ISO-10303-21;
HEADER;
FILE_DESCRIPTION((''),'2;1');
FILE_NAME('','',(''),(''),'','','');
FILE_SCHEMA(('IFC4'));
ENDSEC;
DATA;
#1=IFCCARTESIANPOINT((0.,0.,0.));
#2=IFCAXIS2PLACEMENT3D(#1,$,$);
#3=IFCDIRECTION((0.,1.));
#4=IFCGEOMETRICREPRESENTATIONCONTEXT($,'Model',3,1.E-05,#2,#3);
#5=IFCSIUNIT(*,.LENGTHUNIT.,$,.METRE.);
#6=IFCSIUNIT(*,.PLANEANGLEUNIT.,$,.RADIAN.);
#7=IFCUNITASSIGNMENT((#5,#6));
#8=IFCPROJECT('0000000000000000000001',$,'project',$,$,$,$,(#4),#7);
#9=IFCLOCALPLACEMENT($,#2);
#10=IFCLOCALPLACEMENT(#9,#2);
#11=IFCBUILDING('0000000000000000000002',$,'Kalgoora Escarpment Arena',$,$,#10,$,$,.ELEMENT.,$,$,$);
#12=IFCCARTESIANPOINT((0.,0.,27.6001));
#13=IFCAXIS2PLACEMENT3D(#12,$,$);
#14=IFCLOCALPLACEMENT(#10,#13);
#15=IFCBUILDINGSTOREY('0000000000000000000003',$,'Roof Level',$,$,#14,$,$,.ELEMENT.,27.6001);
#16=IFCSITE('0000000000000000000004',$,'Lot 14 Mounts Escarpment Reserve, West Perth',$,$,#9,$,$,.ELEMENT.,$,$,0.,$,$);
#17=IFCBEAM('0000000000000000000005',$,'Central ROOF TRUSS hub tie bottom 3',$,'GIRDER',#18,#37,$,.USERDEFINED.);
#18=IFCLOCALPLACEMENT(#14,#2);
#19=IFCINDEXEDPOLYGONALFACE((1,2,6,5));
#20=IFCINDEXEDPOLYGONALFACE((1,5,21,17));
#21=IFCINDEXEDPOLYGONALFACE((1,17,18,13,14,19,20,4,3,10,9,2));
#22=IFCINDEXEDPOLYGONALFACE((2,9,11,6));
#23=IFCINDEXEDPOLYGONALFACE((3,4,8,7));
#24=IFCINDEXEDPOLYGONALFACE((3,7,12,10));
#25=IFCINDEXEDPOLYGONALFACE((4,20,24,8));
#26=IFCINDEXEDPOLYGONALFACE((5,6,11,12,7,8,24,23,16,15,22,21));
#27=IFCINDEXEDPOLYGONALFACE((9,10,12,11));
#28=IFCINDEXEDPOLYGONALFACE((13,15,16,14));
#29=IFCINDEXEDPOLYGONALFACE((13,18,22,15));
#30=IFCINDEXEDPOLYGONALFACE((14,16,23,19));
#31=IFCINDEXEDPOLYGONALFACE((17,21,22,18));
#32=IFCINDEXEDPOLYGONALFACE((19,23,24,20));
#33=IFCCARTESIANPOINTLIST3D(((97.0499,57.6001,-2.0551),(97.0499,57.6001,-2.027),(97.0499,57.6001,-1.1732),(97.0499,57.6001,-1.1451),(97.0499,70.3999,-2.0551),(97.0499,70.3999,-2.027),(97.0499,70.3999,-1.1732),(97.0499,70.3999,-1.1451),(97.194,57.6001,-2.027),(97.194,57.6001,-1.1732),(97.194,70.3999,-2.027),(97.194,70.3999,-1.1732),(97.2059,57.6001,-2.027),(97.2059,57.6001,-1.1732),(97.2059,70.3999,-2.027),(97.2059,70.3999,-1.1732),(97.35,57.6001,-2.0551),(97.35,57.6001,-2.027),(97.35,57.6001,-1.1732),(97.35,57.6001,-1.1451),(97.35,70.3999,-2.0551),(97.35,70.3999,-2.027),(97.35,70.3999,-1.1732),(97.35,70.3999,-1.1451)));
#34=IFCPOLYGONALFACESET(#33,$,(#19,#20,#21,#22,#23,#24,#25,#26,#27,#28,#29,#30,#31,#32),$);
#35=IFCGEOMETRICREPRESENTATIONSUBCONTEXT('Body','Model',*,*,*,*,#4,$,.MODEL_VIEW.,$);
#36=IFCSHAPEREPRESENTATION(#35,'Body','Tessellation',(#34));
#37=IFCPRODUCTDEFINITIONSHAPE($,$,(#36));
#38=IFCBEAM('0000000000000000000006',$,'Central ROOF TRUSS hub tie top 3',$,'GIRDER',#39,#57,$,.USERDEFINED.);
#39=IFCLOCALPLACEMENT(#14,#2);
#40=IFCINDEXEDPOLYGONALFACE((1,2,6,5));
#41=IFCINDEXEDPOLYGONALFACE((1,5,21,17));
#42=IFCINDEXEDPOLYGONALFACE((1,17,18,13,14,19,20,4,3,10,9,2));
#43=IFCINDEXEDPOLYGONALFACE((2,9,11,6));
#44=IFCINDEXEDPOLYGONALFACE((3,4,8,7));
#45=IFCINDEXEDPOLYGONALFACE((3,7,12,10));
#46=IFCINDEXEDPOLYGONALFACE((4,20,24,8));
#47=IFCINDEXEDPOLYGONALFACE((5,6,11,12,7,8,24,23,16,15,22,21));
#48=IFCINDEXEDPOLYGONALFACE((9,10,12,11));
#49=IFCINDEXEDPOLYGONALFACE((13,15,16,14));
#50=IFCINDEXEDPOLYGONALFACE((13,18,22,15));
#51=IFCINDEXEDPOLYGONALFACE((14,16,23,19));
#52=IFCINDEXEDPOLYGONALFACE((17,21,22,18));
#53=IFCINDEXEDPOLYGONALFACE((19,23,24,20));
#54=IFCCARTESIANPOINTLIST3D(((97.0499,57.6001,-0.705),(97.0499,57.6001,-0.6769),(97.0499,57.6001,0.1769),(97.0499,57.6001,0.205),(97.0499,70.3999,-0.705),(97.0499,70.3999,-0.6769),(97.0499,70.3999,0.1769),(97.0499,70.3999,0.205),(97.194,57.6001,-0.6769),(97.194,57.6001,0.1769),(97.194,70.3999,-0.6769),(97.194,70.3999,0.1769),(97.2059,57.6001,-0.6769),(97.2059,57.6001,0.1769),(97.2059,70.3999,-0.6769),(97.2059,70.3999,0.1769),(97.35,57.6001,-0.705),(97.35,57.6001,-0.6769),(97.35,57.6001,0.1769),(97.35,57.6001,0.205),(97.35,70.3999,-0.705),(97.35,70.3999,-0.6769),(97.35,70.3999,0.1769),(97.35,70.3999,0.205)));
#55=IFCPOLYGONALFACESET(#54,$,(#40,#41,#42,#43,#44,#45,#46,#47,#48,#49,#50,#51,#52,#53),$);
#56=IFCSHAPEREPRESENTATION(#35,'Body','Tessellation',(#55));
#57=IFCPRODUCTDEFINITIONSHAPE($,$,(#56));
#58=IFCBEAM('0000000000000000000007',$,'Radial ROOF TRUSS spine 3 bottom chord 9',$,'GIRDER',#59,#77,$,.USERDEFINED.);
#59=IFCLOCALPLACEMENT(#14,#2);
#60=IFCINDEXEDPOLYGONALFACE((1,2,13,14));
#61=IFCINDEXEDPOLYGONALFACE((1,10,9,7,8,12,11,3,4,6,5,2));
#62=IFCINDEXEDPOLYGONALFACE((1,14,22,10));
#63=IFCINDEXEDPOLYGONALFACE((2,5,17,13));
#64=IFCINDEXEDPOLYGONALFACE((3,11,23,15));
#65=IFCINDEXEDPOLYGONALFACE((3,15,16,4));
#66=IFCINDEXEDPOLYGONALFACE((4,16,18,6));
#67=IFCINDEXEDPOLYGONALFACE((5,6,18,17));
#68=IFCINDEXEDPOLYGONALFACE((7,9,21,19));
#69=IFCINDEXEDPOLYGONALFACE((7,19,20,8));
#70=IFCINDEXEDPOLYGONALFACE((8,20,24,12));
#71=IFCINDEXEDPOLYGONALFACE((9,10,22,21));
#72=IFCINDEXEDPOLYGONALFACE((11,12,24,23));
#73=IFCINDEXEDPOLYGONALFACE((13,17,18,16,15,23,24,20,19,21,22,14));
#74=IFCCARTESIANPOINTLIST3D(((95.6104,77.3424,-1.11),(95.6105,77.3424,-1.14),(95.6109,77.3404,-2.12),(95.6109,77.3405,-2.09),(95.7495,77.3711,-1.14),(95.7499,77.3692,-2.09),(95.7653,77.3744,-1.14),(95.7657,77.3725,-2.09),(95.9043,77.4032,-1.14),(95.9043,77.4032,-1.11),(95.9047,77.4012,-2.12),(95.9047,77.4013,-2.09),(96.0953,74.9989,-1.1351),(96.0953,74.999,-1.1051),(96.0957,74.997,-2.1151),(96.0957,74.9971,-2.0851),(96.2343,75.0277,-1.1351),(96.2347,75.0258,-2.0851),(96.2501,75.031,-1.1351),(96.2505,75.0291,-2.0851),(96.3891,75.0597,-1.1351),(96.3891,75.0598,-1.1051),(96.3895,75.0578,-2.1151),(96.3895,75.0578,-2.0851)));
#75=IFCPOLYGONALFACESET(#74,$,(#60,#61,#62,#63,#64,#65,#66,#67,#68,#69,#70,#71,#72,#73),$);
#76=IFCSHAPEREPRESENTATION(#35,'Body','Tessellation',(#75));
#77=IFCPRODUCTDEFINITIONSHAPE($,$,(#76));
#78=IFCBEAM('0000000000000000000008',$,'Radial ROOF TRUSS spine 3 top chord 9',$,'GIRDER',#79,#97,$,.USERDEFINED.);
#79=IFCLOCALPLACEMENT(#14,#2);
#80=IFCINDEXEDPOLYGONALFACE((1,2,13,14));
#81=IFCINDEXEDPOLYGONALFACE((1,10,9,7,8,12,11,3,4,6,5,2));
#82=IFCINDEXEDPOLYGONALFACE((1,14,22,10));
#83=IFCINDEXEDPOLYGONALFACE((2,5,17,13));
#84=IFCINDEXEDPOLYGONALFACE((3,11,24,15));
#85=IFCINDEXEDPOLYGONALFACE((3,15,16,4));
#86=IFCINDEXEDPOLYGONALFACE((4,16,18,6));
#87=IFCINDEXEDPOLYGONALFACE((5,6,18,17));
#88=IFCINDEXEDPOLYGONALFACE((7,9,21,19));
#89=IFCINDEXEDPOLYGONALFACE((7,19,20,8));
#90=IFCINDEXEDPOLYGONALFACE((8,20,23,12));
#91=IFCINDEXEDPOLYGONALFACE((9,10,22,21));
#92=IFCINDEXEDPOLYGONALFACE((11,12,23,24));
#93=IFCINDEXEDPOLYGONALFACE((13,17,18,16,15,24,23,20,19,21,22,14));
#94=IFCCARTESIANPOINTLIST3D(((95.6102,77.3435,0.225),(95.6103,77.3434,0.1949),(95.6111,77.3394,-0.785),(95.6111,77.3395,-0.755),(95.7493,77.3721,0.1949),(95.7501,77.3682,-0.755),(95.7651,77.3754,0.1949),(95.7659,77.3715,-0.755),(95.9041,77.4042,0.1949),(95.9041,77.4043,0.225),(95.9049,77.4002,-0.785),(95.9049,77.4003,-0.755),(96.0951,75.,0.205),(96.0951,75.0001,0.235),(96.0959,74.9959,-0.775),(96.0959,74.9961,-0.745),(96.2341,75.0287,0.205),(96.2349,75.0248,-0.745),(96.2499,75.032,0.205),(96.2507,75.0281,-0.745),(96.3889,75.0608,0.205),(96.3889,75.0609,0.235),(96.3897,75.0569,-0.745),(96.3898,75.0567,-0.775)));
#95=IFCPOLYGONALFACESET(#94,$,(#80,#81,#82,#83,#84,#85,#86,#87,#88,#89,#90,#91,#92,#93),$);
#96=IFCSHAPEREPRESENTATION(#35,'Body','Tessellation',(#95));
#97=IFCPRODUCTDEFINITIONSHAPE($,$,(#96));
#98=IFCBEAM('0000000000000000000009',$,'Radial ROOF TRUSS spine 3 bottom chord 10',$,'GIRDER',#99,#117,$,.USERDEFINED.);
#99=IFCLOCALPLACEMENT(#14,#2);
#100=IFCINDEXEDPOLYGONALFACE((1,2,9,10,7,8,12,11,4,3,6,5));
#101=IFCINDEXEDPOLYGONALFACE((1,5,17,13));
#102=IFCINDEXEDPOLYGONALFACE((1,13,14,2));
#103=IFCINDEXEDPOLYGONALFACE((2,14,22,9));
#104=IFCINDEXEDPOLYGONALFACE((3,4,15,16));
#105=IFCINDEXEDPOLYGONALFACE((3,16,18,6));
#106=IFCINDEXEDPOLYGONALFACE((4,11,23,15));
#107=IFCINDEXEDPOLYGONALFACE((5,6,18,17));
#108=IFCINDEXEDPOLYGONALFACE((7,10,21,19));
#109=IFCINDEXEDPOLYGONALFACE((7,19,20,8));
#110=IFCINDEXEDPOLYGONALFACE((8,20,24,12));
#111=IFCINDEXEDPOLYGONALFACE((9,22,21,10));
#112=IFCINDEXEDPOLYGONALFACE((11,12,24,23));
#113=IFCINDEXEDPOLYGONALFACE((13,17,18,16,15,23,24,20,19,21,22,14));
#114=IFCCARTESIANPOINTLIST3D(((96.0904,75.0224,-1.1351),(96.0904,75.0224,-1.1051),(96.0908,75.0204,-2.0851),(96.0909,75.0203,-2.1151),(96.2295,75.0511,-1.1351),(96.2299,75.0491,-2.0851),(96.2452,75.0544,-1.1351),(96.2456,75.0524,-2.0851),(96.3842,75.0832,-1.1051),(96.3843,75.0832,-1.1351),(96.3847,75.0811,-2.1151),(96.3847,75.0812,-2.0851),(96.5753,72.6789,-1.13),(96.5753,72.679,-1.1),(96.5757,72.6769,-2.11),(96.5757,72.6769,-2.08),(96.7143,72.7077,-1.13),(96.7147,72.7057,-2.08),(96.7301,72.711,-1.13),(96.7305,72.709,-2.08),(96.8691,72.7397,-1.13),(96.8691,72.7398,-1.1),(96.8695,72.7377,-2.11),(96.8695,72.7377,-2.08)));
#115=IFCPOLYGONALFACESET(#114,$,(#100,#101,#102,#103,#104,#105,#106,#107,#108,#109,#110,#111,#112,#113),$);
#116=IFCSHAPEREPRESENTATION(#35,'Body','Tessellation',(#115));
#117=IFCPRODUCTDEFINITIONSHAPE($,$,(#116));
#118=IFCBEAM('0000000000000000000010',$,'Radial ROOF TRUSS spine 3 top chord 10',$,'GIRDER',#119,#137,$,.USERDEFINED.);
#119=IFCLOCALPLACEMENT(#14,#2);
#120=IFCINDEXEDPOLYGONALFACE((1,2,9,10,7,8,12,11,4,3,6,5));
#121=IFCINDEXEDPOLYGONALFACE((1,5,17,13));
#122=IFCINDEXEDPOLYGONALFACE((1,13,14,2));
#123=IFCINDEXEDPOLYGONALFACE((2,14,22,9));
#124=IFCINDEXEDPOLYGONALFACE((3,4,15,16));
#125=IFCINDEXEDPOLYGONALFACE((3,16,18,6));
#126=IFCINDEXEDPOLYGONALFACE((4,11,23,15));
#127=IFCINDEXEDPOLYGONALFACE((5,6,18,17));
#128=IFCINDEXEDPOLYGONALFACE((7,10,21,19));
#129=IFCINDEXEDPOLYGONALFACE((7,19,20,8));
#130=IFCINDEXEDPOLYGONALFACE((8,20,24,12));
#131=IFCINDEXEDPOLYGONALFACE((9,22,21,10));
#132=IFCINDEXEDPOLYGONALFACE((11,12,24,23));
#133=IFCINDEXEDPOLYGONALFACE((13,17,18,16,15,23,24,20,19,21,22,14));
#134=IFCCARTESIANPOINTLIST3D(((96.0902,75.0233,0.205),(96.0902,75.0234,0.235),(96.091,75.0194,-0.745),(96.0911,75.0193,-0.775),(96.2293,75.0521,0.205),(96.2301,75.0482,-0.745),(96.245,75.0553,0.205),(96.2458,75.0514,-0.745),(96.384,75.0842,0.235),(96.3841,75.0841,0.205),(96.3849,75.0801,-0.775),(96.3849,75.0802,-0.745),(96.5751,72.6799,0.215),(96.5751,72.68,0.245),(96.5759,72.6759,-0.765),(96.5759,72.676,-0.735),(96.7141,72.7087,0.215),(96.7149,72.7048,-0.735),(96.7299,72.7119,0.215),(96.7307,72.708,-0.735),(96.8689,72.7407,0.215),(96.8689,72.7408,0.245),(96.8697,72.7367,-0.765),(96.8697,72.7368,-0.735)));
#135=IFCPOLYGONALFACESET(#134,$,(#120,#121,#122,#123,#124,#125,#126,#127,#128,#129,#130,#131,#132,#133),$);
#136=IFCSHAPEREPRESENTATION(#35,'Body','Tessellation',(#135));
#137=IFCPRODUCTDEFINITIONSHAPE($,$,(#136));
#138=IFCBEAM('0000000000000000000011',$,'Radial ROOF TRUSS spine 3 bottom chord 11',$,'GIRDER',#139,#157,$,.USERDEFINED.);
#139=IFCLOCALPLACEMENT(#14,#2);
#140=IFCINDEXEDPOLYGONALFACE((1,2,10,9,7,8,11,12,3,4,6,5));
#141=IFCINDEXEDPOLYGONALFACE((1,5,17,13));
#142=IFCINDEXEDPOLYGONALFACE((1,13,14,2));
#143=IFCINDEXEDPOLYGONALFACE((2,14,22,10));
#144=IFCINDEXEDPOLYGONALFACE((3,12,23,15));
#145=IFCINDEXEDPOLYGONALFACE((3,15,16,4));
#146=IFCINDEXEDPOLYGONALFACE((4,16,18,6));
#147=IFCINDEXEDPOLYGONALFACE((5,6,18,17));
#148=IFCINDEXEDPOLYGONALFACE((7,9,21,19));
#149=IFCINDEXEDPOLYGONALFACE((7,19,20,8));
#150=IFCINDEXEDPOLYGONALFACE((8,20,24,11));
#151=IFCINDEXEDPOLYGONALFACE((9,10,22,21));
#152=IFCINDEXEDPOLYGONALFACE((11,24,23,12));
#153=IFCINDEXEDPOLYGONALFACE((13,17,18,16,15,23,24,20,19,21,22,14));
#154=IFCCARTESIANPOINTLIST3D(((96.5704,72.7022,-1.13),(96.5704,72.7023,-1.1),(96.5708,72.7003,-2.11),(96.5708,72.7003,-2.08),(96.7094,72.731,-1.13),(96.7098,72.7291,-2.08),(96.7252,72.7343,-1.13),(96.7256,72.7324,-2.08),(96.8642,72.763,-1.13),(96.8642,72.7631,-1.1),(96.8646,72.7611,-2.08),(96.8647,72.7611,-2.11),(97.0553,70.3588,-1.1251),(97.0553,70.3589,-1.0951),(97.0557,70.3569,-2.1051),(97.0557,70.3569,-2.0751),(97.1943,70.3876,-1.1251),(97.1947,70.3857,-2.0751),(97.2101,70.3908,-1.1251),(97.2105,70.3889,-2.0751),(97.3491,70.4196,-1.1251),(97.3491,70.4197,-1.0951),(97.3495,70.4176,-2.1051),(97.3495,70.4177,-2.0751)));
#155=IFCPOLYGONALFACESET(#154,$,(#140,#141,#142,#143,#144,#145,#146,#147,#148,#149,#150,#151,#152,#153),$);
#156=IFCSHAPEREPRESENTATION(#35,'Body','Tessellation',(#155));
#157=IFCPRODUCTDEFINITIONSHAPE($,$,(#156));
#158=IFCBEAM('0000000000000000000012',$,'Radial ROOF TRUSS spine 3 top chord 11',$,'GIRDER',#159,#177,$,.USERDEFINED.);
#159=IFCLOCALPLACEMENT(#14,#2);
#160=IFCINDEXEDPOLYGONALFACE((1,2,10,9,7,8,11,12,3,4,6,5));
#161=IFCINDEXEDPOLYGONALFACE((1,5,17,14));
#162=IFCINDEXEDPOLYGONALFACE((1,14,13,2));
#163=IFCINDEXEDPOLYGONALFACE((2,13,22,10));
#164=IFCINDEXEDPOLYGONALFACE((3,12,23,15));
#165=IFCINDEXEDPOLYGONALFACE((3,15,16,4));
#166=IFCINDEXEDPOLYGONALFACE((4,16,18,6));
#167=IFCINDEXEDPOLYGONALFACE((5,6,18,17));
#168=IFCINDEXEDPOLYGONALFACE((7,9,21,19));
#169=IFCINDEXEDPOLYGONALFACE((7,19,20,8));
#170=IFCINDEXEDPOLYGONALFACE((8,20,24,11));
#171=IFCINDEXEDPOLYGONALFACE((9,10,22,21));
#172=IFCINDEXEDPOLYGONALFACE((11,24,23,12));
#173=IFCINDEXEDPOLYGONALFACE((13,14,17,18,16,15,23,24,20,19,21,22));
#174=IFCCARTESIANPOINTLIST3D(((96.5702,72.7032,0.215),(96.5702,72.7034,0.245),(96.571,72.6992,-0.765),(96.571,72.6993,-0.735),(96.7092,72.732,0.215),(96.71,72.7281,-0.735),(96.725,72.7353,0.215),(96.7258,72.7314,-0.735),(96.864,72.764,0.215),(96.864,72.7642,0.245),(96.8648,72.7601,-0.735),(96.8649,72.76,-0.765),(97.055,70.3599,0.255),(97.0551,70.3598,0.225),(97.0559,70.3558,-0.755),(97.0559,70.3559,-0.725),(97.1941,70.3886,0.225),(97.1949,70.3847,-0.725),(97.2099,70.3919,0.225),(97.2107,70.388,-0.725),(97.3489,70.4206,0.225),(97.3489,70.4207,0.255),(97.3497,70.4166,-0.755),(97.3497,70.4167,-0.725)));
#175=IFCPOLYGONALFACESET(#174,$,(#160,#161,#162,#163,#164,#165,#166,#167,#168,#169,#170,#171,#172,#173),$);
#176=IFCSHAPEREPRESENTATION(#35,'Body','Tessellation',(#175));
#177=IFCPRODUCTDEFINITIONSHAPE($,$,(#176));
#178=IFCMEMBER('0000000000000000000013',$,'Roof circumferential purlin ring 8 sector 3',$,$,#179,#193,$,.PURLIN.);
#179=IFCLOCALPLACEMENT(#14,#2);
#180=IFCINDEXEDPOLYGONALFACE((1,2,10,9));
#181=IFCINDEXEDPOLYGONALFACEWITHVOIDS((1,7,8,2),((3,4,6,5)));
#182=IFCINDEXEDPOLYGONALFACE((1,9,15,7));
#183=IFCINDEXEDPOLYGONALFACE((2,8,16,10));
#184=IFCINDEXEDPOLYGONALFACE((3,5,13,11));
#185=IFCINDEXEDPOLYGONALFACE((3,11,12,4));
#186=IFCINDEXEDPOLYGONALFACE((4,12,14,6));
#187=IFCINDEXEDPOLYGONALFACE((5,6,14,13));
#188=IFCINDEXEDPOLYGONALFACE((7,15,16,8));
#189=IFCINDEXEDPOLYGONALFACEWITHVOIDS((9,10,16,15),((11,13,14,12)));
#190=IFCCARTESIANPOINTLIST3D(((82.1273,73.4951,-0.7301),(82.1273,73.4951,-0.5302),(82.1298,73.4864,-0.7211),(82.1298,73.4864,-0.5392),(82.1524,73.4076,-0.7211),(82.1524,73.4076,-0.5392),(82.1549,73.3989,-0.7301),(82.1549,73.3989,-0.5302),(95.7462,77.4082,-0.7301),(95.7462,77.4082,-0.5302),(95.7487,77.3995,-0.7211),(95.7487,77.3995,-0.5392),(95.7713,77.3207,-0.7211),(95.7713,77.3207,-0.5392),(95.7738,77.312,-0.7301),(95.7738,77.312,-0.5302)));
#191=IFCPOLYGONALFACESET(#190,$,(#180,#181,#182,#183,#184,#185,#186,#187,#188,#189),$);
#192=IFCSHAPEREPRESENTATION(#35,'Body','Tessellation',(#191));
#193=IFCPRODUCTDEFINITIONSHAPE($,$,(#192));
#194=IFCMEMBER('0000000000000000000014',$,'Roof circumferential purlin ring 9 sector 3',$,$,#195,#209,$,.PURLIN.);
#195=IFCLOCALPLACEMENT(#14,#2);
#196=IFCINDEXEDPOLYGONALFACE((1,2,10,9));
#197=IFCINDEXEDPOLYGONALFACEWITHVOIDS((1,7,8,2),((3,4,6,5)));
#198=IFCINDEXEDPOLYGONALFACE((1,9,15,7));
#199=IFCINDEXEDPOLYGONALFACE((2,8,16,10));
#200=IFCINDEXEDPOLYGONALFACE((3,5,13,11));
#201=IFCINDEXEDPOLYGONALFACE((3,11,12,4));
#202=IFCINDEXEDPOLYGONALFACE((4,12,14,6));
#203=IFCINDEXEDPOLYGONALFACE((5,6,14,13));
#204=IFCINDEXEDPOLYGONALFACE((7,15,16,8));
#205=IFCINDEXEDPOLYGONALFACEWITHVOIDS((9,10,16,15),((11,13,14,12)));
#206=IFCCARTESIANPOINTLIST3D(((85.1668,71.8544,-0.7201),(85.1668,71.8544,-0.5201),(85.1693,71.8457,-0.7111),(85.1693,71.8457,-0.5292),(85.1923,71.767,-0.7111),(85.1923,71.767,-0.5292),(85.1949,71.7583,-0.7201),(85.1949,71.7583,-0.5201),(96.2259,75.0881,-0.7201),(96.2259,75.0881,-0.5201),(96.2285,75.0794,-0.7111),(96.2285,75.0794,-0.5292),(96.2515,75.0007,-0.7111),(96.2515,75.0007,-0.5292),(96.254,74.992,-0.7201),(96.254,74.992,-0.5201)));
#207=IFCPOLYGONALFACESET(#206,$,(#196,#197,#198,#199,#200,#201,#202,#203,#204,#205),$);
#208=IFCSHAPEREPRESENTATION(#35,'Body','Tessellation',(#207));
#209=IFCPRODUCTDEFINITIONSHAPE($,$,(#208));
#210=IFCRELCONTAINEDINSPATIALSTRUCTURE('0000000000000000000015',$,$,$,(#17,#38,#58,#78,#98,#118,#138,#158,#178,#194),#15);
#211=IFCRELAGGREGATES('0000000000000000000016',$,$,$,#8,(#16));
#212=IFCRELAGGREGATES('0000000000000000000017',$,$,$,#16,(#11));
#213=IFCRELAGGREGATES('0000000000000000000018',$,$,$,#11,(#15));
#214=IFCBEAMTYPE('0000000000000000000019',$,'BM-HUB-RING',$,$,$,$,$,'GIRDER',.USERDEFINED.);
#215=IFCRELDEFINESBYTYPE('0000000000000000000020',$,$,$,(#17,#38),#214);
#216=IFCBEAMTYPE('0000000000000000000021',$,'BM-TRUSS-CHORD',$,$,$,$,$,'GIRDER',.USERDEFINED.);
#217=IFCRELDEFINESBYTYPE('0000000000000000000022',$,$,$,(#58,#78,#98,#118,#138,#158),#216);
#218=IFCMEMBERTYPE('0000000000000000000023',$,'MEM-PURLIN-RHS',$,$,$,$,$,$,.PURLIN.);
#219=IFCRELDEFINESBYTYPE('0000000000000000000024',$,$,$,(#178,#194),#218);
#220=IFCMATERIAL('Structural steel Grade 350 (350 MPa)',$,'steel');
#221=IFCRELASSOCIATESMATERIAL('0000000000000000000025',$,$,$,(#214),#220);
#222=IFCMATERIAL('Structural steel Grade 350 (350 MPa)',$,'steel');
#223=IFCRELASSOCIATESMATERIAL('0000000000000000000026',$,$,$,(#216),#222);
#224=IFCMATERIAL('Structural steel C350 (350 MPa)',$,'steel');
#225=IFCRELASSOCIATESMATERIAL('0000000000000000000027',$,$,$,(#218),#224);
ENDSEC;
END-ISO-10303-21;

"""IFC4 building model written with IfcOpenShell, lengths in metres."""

from ifc_helpers import new_model, si_unit, direction, frame, origin, origin_2d, place, context, subcontext, project, spatial, hollow_rectangle, i_section, extrude, material, material_profile, profile_set, type_object, element, save


model = new_model("IFC4")

# Units and contexts
model_context = context("Model", 3, precision=1e-05, world=origin(), true_north=direction((0.0, 1.0)))
body_context = subcontext(model_context, "Body", "Model", "MODEL_VIEW")
ifc_project = project(units=[si_unit("LENGTHUNIT", "METRE"), si_unit("PLANEANGLEUNIT", "RADIAN")], contexts=[model_context])

# Site, building, storey
site_placement = place(None, origin())
site = spatial("IfcSite", under=ifc_project, at=site_placement, Name="Lot 14 Mounts Escarpment Reserve, West Perth", CompositionType="ELEMENT", RefElevation=0.0)
building_placement = place(site_placement, origin())
building = spatial("IfcBuilding", under=site, at=building_placement, Name="Kalgoora Escarpment Arena", CompositionType="ELEMENT")
storey_placement = place(building_placement, frame((0.0, 0.0, 27.6001)))
storey = spatial("IfcBuildingStorey", under=building, at=storey_placement, Name="Roof Level", CompositionType="ELEMENT", Elevation=27.6001)

# Beams
ifc_material_1 = material(Name="Structural steel Grade 350 (350 MPa)", Category="steel")
ifc_material_profile_1 = material_profile(ifc_material_1, i_section(OverallWidth=0.3, OverallDepth=0.9099, WebThickness=0.012, FlangeThickness=0.0281, at=origin_2d()))
ifc_profile_set_1 = profile_set([ifc_material_profile_1], Name="Structural steel Grade 350 (350 MPa)")
beam_type_1 = type_object("IfcBeamType", Name="BM-HUB-RING", ElementType="GIRDER", PredefinedType="USERDEFINED", material=ifc_profile_set_1)
for number, where, z_axis, x_axis, name in (
    (1, (97.2, 70.3999, -1.6001), (0.0, -1.0, 0.0), (1.0, 0.0, 0.0), "Central ROOF TRUSS hub tie bottom 3"),
    (2, (97.2, 70.3999, -0.25), (0.0, -1.0, 0.0), (1.0, 0.0, 0.0), "Central ROOF TRUSS hub tie top 3"),
):
    element("IfcBeam", number, at=place(storey_placement, frame(where, z_axis=z_axis, x_axis=x_axis)), inside=storey, type_object=beam_type_1, Name=name, ObjectType="GIRDER", PredefinedType="USERDEFINED", context=body_context, shape_type="SweptSolid", body=[
        extrude(i_section(OverallWidth=0.3, OverallDepth=0.9099, WebThickness=0.012, FlangeThickness=0.0281, at=origin_2d()), origin(), (0.0, 0.0, 1.0), 12.7998),
    ])
ifc_material_2 = material(Name="Structural steel Grade 350 (350 MPa)", Category="steel")
ifc_material_profile_2 = material_profile(ifc_material_2, i_section(OverallWidth=0.3, OverallDepth=1.01, WebThickness=0.0161, FlangeThickness=0.03, at=origin_2d()))
ifc_profile_set_2 = profile_set([ifc_material_profile_2], Name="Structural steel Grade 350 (350 MPa)")
beam_type_2 = type_object("IfcBeamType", Name="BM-TRUSS-CHORD", ElementType="GIRDER", PredefinedType="USERDEFINED", material=ifc_profile_set_2)
for number, where, z_axis, x_axis, name in (
    (3, (95.7576, 77.3718, -1.615), (0.202605, -0.979258, 0.00204), (0.97926, 0.202606, 0.0), "Radial ROOF TRUSS spine 3 bottom chord 9"),
    (4, (95.7576, 77.3718, -0.28), (0.202604, -0.979252, 0.004183), (0.97926, 0.202606, 0.0), "Radial ROOF TRUSS spine 3 top chord 9"),
    (5, (96.2375, 75.0518, -1.6101), (0.202605, -0.979258, 0.002142), (0.97926, 0.202606, 0.0), "Radial ROOF TRUSS spine 3 bottom chord 10"),
    (6, (96.2375, 75.0518, -0.27), (0.202604, -0.979252, 0.004183), (0.97926, 0.202606, 0.0), "Radial ROOF TRUSS spine 3 top chord 10"),
    (7, (96.7175, 72.7317, -1.605), (0.202605, -0.979258, 0.00204), (0.97926, 0.202606, 0.0), "Radial ROOF TRUSS spine 3 bottom chord 11"),
    (8, (96.7175, 72.7317, -0.26), (0.202604, -0.979252, 0.004183), (0.97926, 0.202606, 0.0), "Radial ROOF TRUSS spine 3 top chord 11"),
):
    element("IfcBeam", number, at=place(storey_placement, frame(where, z_axis=z_axis, x_axis=x_axis)), inside=storey, type_object=beam_type_2, Name=name, ObjectType="GIRDER", PredefinedType="USERDEFINED", context=body_context, shape_type="SweptSolid", body=[
        extrude(i_section(OverallWidth=0.3, OverallDepth=1.01, WebThickness=0.0161, FlangeThickness=0.03, at=origin_2d()), origin(), (0.0, 0.0, 1.0), 2.3931),
    ])

# Members
ifc_material_3 = material(Name="Structural steel C350 (350 MPa)", Category="steel")
ifc_material_profile_3 = material_profile(ifc_material_3, hollow_rectangle(XDim=0.1001, YDim=0.2, WallThickness=0.009, at=origin_2d()))
ifc_profile_set_3 = profile_set([ifc_material_profile_3], Name="Structural steel C350 (350 MPa)")
member_type_1 = type_object("IfcMemberType", Name="MEM-PURLIN-RHS", PredefinedType="PURLIN", material=ifc_profile_set_3)
member_1_placement = place(storey_placement, frame((95.76, 77.3601, -0.6301), z_axis=(-0.961113, -0.276154, 0.0), x_axis=(0.276154, -0.961113, 0.0)))
element("IfcMember", 9, at=member_1_placement, inside=storey, type_object=member_type_1, Name="Roof circumferential purlin ring 8 sector 3", PredefinedType="PURLIN", context=body_context, shape_type="SweptSolid", body=[
    extrude(hollow_rectangle(XDim=0.1001, YDim=0.2, WallThickness=0.009, at=origin_2d()), origin(), (0.0, 0.0, 1.0), 14.1699),
])
member_2_placement = place(storey_placement, frame((96.24, 75.04, -0.6201), z_axis=(-0.959811, -0.280646, 0.0), x_axis=(0.280646, -0.959811, 0.0)))
element("IfcMember", 10, at=member_2_placement, inside=storey, type_object=member_type_1, Name="Roof circumferential purlin ring 9 sector 3", PredefinedType="PURLIN", context=body_context, shape_type="SweptSolid", body=[
    extrude(hollow_rectangle(XDim=0.1001, YDim=0.2, WallThickness=0.009, at=origin_2d()), origin(), (0.0, 0.0, 1.0), 11.5222),
])

save(model, "model.ifc")
